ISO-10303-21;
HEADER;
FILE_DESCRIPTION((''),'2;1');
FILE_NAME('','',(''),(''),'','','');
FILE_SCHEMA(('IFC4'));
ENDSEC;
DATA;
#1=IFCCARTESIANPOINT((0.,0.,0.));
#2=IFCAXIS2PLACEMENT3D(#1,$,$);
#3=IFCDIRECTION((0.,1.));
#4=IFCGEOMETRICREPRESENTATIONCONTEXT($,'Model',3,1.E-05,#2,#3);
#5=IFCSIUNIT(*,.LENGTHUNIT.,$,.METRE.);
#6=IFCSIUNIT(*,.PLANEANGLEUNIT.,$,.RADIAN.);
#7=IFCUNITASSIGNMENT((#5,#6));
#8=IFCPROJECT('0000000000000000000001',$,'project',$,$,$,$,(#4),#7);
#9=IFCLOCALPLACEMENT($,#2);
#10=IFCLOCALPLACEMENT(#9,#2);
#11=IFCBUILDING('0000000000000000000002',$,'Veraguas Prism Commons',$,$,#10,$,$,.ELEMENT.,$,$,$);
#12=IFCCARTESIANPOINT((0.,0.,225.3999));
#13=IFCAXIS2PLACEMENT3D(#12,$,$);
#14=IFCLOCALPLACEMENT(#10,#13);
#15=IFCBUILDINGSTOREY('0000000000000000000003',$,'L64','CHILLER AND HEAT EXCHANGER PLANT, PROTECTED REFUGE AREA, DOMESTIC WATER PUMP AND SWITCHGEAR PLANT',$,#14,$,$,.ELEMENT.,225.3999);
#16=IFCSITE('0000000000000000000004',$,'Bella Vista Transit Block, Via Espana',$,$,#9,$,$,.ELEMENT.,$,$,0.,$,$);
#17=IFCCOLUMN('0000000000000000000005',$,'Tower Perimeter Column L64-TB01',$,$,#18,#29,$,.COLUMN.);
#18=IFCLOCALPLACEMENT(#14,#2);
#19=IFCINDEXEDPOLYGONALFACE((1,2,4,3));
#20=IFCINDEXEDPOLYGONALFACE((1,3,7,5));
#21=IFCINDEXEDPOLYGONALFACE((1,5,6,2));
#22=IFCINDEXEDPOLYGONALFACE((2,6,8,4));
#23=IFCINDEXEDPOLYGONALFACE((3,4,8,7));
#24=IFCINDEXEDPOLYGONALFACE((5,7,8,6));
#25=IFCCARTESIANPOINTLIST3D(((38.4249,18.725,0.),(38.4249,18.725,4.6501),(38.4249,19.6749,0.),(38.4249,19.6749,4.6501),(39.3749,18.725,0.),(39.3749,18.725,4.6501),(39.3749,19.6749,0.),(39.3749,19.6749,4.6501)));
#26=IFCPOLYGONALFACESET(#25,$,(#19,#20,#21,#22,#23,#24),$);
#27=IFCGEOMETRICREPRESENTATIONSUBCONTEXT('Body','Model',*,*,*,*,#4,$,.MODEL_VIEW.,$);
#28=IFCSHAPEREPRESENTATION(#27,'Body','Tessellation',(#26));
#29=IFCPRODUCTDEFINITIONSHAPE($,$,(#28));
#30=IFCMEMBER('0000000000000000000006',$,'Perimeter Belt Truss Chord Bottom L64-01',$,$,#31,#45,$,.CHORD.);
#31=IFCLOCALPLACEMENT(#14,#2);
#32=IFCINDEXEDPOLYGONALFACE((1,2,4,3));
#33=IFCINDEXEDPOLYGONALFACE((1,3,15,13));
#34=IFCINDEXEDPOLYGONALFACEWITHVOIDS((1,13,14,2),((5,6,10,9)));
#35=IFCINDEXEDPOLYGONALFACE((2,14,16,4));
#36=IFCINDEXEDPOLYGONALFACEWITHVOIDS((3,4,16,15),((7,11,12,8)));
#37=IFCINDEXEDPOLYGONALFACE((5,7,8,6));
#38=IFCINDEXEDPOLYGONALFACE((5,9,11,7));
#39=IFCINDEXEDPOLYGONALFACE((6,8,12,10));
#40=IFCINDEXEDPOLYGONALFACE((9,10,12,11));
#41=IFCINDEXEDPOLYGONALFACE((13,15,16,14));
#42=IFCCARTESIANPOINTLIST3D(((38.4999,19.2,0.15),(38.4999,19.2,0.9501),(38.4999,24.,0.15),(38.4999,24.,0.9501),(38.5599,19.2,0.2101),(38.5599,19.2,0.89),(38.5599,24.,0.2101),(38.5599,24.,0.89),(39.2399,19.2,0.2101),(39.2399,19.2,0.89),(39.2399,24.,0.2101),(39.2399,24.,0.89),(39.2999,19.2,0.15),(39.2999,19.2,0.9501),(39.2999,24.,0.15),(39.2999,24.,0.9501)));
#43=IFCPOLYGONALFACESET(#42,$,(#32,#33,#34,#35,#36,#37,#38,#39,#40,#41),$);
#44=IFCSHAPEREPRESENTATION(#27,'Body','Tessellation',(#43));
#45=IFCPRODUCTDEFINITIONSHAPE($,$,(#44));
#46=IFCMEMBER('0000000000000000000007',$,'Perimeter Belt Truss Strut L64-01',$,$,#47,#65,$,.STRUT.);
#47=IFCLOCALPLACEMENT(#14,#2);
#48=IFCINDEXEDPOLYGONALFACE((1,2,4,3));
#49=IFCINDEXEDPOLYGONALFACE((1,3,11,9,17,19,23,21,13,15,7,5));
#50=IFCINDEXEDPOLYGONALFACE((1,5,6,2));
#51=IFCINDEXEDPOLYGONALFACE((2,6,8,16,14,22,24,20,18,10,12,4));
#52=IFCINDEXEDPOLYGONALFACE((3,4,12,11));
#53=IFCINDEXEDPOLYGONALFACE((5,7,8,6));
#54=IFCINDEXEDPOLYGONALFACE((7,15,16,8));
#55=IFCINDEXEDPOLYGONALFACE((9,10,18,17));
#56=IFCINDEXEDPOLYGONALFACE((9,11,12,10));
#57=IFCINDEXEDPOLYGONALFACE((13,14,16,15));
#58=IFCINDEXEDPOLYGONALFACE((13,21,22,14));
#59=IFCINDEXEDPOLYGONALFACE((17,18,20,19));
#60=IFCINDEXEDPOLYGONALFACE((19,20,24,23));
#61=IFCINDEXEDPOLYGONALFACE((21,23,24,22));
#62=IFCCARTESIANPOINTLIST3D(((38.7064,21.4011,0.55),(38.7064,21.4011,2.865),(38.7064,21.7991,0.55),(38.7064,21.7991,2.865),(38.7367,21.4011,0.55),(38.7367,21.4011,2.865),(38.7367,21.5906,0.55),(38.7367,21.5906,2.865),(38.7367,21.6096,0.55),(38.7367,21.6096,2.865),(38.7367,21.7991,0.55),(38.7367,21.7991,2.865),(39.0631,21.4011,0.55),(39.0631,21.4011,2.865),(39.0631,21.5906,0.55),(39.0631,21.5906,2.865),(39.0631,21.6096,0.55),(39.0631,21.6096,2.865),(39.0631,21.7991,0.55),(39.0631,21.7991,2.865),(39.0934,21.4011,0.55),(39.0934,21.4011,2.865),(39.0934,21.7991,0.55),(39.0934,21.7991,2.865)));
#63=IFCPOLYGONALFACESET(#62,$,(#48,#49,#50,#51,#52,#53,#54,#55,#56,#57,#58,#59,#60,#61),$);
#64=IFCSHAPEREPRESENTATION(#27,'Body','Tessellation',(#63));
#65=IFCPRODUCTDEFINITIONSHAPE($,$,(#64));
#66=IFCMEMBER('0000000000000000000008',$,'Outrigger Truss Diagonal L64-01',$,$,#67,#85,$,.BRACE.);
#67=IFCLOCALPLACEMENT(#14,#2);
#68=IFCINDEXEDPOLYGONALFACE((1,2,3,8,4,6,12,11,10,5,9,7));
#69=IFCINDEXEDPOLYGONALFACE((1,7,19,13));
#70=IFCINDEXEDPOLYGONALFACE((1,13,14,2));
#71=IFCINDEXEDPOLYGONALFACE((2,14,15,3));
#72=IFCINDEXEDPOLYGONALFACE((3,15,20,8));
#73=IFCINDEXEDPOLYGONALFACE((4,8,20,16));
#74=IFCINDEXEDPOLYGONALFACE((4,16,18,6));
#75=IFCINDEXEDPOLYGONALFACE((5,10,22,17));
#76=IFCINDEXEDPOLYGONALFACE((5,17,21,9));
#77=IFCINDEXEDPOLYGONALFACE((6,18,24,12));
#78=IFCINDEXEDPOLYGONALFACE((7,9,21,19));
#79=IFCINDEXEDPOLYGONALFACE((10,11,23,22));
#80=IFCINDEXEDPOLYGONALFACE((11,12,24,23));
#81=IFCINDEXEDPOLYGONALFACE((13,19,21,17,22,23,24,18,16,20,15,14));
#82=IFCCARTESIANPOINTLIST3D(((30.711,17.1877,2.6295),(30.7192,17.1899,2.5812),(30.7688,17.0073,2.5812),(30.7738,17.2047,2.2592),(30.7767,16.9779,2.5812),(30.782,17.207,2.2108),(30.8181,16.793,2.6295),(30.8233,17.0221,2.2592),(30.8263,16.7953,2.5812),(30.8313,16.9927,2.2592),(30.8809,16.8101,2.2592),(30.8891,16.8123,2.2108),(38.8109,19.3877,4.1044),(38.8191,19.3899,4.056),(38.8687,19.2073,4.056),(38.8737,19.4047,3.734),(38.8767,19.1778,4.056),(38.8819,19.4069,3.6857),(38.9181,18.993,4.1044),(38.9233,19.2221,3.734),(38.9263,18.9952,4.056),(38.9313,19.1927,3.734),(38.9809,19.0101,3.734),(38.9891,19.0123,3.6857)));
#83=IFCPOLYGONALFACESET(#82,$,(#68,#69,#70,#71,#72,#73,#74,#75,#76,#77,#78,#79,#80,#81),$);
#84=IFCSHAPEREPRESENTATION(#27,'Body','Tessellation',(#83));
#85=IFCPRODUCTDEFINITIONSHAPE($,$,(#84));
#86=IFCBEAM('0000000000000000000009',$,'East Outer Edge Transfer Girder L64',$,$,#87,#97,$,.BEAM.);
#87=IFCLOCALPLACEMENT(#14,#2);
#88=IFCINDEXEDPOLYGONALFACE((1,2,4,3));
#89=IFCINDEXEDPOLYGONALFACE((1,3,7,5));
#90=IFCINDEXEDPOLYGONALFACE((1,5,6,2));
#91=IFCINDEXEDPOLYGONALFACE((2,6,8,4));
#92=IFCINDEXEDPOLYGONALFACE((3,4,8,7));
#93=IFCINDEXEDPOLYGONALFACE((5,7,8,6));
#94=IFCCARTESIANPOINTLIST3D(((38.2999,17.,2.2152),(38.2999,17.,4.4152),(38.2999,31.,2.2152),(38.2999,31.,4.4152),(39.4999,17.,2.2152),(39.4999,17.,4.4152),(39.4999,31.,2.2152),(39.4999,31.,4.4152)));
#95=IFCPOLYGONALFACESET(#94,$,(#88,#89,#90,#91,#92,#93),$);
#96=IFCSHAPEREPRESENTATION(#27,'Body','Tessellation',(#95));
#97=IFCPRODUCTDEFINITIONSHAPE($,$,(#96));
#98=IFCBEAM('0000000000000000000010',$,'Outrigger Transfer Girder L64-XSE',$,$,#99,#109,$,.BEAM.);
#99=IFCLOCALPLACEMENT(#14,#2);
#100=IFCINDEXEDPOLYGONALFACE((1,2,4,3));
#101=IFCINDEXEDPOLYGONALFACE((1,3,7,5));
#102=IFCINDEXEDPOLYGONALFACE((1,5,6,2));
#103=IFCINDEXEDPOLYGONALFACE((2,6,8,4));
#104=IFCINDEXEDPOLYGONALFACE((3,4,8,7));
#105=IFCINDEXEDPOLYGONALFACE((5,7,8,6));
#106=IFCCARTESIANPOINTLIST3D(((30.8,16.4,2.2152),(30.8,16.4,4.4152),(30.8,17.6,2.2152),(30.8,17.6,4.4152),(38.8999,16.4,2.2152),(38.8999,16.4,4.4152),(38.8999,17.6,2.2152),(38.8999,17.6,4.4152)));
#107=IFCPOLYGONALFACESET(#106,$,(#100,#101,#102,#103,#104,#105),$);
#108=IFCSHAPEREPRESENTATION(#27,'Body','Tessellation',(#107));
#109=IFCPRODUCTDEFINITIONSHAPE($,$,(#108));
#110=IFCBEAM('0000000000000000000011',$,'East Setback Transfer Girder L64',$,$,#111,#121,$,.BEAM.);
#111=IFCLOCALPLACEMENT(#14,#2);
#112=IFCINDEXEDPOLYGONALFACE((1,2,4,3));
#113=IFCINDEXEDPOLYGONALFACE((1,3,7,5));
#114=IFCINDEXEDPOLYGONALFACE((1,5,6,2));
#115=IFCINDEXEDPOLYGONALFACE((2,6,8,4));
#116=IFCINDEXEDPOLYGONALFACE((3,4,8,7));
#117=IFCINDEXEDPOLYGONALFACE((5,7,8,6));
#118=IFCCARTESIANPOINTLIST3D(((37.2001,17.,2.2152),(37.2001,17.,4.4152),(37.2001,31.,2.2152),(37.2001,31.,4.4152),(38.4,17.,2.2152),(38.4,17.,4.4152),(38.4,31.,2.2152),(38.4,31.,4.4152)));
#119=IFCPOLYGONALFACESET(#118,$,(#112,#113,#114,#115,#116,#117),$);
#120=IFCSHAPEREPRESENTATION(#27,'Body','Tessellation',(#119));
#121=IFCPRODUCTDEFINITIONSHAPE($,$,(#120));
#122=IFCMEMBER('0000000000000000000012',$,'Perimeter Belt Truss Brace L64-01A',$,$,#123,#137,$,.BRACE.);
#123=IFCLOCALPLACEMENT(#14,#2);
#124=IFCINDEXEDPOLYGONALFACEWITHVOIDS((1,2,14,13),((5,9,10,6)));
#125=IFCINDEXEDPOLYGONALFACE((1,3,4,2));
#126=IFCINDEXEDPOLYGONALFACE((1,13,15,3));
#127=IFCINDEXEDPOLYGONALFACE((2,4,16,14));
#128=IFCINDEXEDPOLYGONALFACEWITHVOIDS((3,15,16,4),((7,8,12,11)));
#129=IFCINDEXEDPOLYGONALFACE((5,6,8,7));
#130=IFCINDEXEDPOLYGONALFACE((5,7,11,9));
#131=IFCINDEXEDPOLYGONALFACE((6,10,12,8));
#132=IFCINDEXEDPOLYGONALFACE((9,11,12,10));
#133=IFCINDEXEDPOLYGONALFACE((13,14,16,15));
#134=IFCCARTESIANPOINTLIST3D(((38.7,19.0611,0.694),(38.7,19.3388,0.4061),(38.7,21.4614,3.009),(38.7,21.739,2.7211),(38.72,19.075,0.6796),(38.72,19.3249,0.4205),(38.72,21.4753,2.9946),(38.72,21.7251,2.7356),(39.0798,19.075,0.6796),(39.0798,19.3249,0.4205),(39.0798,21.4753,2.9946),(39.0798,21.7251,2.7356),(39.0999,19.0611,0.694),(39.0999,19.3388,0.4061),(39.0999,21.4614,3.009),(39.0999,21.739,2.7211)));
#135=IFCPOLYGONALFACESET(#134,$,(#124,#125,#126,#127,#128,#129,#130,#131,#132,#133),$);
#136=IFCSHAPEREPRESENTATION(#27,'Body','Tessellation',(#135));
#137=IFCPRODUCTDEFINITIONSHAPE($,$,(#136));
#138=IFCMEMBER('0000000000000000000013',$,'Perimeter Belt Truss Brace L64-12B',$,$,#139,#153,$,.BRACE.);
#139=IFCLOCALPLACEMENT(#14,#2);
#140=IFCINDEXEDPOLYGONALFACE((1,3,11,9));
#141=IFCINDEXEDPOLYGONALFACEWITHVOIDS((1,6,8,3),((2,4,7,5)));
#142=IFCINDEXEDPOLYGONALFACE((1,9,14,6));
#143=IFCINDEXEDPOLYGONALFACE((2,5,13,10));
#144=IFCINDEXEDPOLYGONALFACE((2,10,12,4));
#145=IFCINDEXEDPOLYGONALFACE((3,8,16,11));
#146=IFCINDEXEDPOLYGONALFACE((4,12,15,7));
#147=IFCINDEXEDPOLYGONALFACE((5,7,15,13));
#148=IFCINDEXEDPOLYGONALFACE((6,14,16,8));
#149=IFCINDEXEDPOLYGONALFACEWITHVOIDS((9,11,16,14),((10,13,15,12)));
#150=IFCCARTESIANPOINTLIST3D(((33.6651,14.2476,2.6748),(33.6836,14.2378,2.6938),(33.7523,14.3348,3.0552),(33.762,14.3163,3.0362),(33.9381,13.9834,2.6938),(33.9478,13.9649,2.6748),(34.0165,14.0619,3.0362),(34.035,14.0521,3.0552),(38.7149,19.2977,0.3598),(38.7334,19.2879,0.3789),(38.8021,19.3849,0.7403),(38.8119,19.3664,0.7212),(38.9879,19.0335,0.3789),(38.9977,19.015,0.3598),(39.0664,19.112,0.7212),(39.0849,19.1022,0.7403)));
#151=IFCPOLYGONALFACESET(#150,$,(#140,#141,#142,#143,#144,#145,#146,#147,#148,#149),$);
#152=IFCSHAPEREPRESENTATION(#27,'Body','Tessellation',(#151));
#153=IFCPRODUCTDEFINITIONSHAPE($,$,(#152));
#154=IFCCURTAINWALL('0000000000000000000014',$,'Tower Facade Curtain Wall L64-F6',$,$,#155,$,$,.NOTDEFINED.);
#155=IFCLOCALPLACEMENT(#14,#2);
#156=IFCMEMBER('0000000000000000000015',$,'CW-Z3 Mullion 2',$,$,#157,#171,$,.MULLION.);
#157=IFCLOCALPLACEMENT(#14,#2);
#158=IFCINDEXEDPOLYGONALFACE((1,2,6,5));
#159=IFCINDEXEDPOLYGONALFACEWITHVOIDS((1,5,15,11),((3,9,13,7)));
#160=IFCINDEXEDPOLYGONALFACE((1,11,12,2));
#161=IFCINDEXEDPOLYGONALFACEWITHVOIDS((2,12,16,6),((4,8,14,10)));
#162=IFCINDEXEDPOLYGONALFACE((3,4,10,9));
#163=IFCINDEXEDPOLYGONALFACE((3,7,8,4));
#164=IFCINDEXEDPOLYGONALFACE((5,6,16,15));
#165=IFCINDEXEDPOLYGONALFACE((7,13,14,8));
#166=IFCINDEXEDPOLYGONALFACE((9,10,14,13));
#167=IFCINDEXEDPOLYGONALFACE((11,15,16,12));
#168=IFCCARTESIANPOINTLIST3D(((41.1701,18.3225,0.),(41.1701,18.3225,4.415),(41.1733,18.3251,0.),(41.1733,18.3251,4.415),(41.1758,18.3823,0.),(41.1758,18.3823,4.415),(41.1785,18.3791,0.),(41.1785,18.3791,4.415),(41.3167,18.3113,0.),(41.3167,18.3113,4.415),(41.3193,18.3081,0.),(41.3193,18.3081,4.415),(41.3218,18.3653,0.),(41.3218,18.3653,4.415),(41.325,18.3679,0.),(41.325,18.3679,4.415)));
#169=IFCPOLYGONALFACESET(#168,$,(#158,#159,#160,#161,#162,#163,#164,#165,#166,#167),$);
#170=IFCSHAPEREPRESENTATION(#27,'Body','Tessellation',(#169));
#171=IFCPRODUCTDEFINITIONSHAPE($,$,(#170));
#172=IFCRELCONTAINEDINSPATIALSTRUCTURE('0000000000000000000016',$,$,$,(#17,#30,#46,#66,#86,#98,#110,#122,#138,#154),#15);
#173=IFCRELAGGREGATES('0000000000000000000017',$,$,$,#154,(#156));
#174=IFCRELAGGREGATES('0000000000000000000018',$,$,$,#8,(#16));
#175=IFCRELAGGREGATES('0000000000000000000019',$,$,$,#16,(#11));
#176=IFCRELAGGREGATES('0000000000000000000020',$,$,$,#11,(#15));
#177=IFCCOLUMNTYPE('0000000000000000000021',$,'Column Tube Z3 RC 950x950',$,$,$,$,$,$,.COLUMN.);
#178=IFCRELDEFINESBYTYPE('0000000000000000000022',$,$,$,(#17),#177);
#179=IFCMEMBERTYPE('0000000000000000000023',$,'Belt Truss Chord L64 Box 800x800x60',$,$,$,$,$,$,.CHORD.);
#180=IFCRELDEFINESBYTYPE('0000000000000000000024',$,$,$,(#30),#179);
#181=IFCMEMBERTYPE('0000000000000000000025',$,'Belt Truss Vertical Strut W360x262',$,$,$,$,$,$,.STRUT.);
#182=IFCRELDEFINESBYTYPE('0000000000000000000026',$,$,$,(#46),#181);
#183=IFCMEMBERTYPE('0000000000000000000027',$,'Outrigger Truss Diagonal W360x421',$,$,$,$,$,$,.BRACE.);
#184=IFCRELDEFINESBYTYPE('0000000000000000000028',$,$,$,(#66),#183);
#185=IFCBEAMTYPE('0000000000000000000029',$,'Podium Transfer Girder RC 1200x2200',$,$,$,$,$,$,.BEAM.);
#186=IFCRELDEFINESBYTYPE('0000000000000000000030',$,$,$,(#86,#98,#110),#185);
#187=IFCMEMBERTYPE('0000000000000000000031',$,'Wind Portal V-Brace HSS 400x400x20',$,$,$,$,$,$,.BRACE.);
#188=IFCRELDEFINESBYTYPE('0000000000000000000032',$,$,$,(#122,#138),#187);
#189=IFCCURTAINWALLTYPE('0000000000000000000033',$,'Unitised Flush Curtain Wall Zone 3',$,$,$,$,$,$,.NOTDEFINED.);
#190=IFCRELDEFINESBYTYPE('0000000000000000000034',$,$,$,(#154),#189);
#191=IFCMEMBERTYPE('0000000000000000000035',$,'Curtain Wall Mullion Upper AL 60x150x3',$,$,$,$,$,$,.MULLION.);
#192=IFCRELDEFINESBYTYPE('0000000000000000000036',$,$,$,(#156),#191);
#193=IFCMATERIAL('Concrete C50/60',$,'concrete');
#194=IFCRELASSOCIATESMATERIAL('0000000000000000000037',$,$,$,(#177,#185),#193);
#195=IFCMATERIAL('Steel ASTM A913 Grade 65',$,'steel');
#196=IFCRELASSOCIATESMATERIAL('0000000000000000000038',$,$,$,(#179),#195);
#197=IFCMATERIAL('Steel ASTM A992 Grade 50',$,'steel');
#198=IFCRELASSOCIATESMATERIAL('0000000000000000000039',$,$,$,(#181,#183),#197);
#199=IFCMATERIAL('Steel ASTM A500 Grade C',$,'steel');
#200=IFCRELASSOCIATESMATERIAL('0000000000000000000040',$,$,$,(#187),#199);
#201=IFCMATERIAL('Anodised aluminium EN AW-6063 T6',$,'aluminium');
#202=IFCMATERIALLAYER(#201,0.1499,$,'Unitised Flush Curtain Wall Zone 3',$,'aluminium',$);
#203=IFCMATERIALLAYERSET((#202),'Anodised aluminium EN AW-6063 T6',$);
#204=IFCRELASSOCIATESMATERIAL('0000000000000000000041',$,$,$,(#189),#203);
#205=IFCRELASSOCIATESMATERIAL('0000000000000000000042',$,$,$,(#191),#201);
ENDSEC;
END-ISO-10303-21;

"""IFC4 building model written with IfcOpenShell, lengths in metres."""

from ifc_helpers import new_model, si_unit, direction, frame, origin, origin_2d, place, context, subcontext, project, spatial, rectangle, hollow_rectangle, i_section, extrude, source, transform, mapped, material, layer, layer_set, material_profile, profile_set, type_object, element, aggregate, save


model = new_model("IFC4")

# Units and contexts
model_context = context("Model", 3, precision=1e-05, world=origin(), true_north=direction((0.0, 1.0)))
body_context = subcontext(model_context, "Body", "Model", "MODEL_VIEW")
ifc_project = project(units=[si_unit("LENGTHUNIT", "METRE"), si_unit("PLANEANGLEUNIT", "RADIAN")], contexts=[model_context])

# Site, building, storey
site_placement = place(None, origin())
site = spatial("IfcSite", under=ifc_project, at=site_placement, Name="Bella Vista Transit Block, Via Espana", CompositionType="ELEMENT", RefElevation=0.0)
building_placement = place(site_placement, origin())
building = spatial("IfcBuilding", under=site, at=building_placement, Name="Veraguas Prism Commons", CompositionType="ELEMENT")
storey_placement = place(building_placement, frame((0.0, 0.0, 225.3999)))
storey = spatial("IfcBuildingStorey", under=building, at=storey_placement, Name="L64", Description="CHILLER AND HEAT EXCHANGER PLANT, PROTECTED REFUGE AREA, DOMESTIC WATER PUMP AND SWITCHGEAR PLANT", CompositionType="ELEMENT", Elevation=225.3999)

# Column
ifc_material_1 = material(Name="Concrete C50/60", Category="concrete")
ifc_material_profile_1 = material_profile(ifc_material_1, rectangle(XDim=0.95, YDim=0.95, at=origin_2d()), Name="RC950X950")
ifc_profile_set_1 = profile_set([ifc_material_profile_1], Name="Concrete C50/60")
column_type = type_object("IfcColumnType", Name="Column Tube Z3 RC 950x950", PredefinedType="COLUMN", material=ifc_profile_set_1)
column_placement = place(storey_placement, frame((38.8999, 19.2, 0.0), z_axis=(0.0, 0.0, 1.0), x_axis=(1.0, 0.0, 0.0)))
element("IfcColumn", 1, at=column_placement, inside=storey, type_object=column_type, Name="Tower Perimeter Column L64-TB01", PredefinedType="COLUMN", context=body_context, shape_type="SweptSolid", body=[
    extrude(rectangle(XDim=0.95, YDim=0.95, at=origin_2d()), origin(), (0.0, 0.0, 1.0), 4.6501),
])

# Members
ifc_material_2 = material(Name="Steel ASTM A913 Grade 65", Category="steel")
ifc_material_profile_2 = material_profile(ifc_material_2, hollow_rectangle(XDim=0.8, YDim=0.8, WallThickness=0.0601, at=origin_2d()), Name="BOX800X800X60")
ifc_profile_set_2 = profile_set([ifc_material_profile_2], Name="Steel ASTM A913 Grade 65")
member_type_1 = type_object("IfcMemberType", Name="Belt Truss Chord L64 Box 800x800x60", PredefinedType="CHORD", material=ifc_profile_set_2)
member_1_placement = place(storey_placement, frame((38.8999, 19.2, 0.55), z_axis=(0.0, 1.0, 0.0), x_axis=(-1.0, 0.0, 0.0)))
element("IfcMember", 2, at=member_1_placement, inside=storey, type_object=member_type_1, Name="Perimeter Belt Truss Chord Bottom L64-01", PredefinedType="CHORD", context=body_context, shape_type="SweptSolid", body=[
    extrude(hollow_rectangle(XDim=0.8, YDim=0.8, WallThickness=0.0601, at=origin_2d()), origin(), (0.0, 0.0, 1.0), 4.8),
])
ifc_material_3 = material(Name="Steel ASTM A992 Grade 50", Category="steel")
ifc_material_profile_3 = material_profile(ifc_material_3, i_section(OverallWidth=0.3979, OverallDepth=0.387, WebThickness=0.019, FlangeThickness=0.0303, at=origin_2d()), Name="W360X262")
ifc_profile_set_3 = profile_set([ifc_material_profile_3], Name="Steel ASTM A992 Grade 50")
member_type_2 = type_object("IfcMemberType", Name="Belt Truss Vertical Strut W360x262", PredefinedType="STRUT", material=ifc_profile_set_3)
member_2_placement = place(storey_placement, frame((38.8999, 21.6001, 0.55), z_axis=(0.0, 0.0, 1.0), x_axis=(0.0, 1.0, 0.0)))
element("IfcMember", 3, at=member_2_placement, inside=storey, type_object=member_type_2, Name="Perimeter Belt Truss Strut L64-01", PredefinedType="STRUT", context=body_context, shape_type="SweptSolid", body=[
    extrude(i_section(OverallWidth=0.3979, OverallDepth=0.387, WebThickness=0.019, FlangeThickness=0.0303, at=origin_2d()), origin(), (0.0, 0.0, 1.0), 2.3149),
])
ifc_material_profile_4 = material_profile(ifc_material_3, i_section(OverallWidth=0.4089, OverallDepth=0.425, WebThickness=0.0305, FlangeThickness=0.0491, at=origin_2d()), Name="W360X421")
ifc_profile_set_4 = profile_set([ifc_material_profile_4], Name="Steel ASTM A992 Grade 50")
member_type_3 = type_object("IfcMemberType", Name="Outrigger Truss Diagonal W360x421", PredefinedType="BRACE", material=ifc_profile_set_4)
member_3_placement = place(storey_placement, frame((30.8, 17.0, 2.4202), z_axis=(0.950476, 0.258153, 0.173066), x_axis=(-0.262108, 0.965039, 0.0)))
element("IfcMember", 4, at=member_3_placement, inside=storey, type_object=member_type_3, Name="Outrigger Truss Diagonal L64-01", PredefinedType="BRACE", context=body_context, shape_type="SweptSolid", body=[
    extrude(i_section(OverallWidth=0.4089, OverallDepth=0.425, WebThickness=0.0305, FlangeThickness=0.0491, at=origin_2d()), origin(), (0.0, 0.0, 1.0), 8.522),
])

# Beams
ifc_material_profile_5 = material_profile(ifc_material_1, rectangle(XDim=1.2, YDim=2.2, at=origin_2d()), Name="RC1200X2200")
ifc_profile_set_5 = profile_set([ifc_material_profile_5], Name="Concrete C50/60")
beam_type = type_object("IfcBeamType", Name="Podium Transfer Girder RC 1200x2200", PredefinedType="BEAM", material=ifc_profile_set_5)
beam_1_placement = place(storey_placement, frame((38.8999, 17.0, 3.3152), z_axis=(0.0, 1.0, 0.0), x_axis=(-1.0, 0.0, 0.0)))
element("IfcBeam", 5, at=beam_1_placement, inside=storey, type_object=beam_type, Name="East Outer Edge Transfer Girder L64", PredefinedType="BEAM", context=body_context, shape_type="SweptSolid", body=[
    extrude(rectangle(XDim=1.2, YDim=2.2, at=origin_2d()), origin(), (0.0, 0.0, 1.0), 14.0),
])
beam_2_placement = place(storey_placement, frame((38.8999, 17.0, 3.3152), z_axis=(-1.0, 0.0, 0.0), x_axis=(0.0, -1.0, 0.0)))
element("IfcBeam", 6, at=beam_2_placement, inside=storey, type_object=beam_type, Name="Outrigger Transfer Girder L64-XSE", PredefinedType="BEAM", context=body_context, shape_type="SweptSolid", body=[
    extrude(rectangle(XDim=1.2, YDim=2.2, at=origin_2d()), origin(), (0.0, 0.0, 1.0), 8.0999),
])
beam_3_placement = place(storey_placement, frame((37.8, 17.0, 3.3152), z_axis=(0.0, 1.0, 0.0), x_axis=(-1.0, 0.0, 0.0)))
element("IfcBeam", 7, at=beam_3_placement, inside=storey, type_object=beam_type, Name="East Setback Transfer Girder L64", PredefinedType="BEAM", context=body_context, shape_type="SweptSolid", body=[
    extrude(rectangle(XDim=1.2, YDim=2.2, at=origin_2d()), origin(), (0.0, 0.0, 1.0), 14.0),
])

# Members
ifc_material_4 = material(Name="Steel ASTM A500 Grade C", Category="steel")
ifc_material_profile_6 = material_profile(ifc_material_4, hollow_rectangle(XDim=0.3999, YDim=0.3999, WallThickness=0.02, at=origin_2d()), Name="HSS400X400X20")
ifc_profile_set_6 = profile_set([ifc_material_profile_6], Name="Steel ASTM A500 Grade C")
member_type_4 = type_object("IfcMemberType", Name="Wind Portal V-Brace HSS 400x400x20", PredefinedType="BRACE", material=ifc_profile_set_6)
member_4_placement = place(storey_placement, frame((38.8999, 19.2, 0.55), z_axis=(0.0, 0.719767, 0.694216), x_axis=(-1.0, 0.0, 0.0)))
element("IfcMember", 8, at=member_4_placement, inside=storey, type_object=member_type_4, Name="Perimeter Belt Truss Brace L64-01A", PredefinedType="BRACE", context=body_context, shape_type="SweptSolid", body=[
    extrude(hollow_rectangle(XDim=0.3999, YDim=0.3999, WallThickness=0.02, at=origin_2d()), origin(), (0.0, 0.0, 1.0), 3.3347),
])
member_5_placement = place(storey_placement, frame((38.8999, 19.2, 0.55), z_axis=(-0.672635, -0.672668, 0.308351), x_axis=(0.707124, -0.70709, 0.0)))
element("IfcMember", 9, at=member_5_placement, inside=storey, type_object=member_type_4, Name="Perimeter Belt Truss Brace L64-12B", PredefinedType="BRACE", context=body_context, shape_type="SweptSolid", body=[
    extrude(hollow_rectangle(XDim=0.3999, YDim=0.3999, WallThickness=0.02, at=origin_2d()), origin(), (0.0, 0.0, 1.0), 7.5076),
])

# Curtain wall, member
ifc_material_5 = material(Name="Anodised aluminium EN AW-6063 T6", Category="aluminium")
ifc_layer_1 = layer(ifc_material_5, 0.1499, Name="Unitised Flush Curtain Wall Zone 3", Category="aluminium")
ifc_layer_set_1 = layer_set([ifc_layer_1], Name="Anodised aluminium EN AW-6063 T6")
curtain_wall_type = type_object("IfcCurtainWallType", Name="Unitised Flush Curtain Wall Zone 3", PredefinedType="NOTDEFINED", material=ifc_layer_set_1)
curtain_wall_placement = place(storey_placement, origin())
curtain_wall = element("IfcCurtainWall", 10, at=curtain_wall_placement, inside=storey, type_object=curtain_wall_type, Name="Tower Facade Curtain Wall L64-F6", PredefinedType="NOTDEFINED")
ifc_material_profile_7 = material_profile(ifc_material_5, hollow_rectangle(XDim=0.0601, YDim=0.1499, WallThickness=0.0029, at=origin_2d()), Name="AL60X150X3")
ifc_profile_set_7 = profile_set([ifc_material_profile_7], Name="Anodised aluminium EN AW-6063 T6")
member_type_5 = type_object("IfcMemberType", Name="Curtain Wall Mullion Upper AL 60x150x3", PredefinedType="MULLION", material=ifc_profile_set_7)
shared_shape_1 = source(origin(), body_context, "Body", "SweptSolid", [
    extrude(hollow_rectangle(XDim=0.0601, YDim=0.1499, WallThickness=0.0029, at=origin_2d()), origin(), (0.0, 0.0, 1.0), 4.415),
])
member_6_placement = place(storey_placement, frame((41.2476, 18.3452, 0.0), z_axis=(0.0, 0.0, 1.0), x_axis=(0.095841, 0.995397, 0.0)))
member_6 = element("IfcMember", 11, at=member_6_placement, type_object=member_type_5, Name="CW-Z3 Mullion 2", PredefinedType="MULLION", context=body_context, shape_type="MappedRepresentation", body=[
    mapped(shared_shape_1, transform((0.0, 0.0, 0.0), scale=1.0)),
])

aggregate(curtain_wall, [member_6])

save(model, "model.ifc")
